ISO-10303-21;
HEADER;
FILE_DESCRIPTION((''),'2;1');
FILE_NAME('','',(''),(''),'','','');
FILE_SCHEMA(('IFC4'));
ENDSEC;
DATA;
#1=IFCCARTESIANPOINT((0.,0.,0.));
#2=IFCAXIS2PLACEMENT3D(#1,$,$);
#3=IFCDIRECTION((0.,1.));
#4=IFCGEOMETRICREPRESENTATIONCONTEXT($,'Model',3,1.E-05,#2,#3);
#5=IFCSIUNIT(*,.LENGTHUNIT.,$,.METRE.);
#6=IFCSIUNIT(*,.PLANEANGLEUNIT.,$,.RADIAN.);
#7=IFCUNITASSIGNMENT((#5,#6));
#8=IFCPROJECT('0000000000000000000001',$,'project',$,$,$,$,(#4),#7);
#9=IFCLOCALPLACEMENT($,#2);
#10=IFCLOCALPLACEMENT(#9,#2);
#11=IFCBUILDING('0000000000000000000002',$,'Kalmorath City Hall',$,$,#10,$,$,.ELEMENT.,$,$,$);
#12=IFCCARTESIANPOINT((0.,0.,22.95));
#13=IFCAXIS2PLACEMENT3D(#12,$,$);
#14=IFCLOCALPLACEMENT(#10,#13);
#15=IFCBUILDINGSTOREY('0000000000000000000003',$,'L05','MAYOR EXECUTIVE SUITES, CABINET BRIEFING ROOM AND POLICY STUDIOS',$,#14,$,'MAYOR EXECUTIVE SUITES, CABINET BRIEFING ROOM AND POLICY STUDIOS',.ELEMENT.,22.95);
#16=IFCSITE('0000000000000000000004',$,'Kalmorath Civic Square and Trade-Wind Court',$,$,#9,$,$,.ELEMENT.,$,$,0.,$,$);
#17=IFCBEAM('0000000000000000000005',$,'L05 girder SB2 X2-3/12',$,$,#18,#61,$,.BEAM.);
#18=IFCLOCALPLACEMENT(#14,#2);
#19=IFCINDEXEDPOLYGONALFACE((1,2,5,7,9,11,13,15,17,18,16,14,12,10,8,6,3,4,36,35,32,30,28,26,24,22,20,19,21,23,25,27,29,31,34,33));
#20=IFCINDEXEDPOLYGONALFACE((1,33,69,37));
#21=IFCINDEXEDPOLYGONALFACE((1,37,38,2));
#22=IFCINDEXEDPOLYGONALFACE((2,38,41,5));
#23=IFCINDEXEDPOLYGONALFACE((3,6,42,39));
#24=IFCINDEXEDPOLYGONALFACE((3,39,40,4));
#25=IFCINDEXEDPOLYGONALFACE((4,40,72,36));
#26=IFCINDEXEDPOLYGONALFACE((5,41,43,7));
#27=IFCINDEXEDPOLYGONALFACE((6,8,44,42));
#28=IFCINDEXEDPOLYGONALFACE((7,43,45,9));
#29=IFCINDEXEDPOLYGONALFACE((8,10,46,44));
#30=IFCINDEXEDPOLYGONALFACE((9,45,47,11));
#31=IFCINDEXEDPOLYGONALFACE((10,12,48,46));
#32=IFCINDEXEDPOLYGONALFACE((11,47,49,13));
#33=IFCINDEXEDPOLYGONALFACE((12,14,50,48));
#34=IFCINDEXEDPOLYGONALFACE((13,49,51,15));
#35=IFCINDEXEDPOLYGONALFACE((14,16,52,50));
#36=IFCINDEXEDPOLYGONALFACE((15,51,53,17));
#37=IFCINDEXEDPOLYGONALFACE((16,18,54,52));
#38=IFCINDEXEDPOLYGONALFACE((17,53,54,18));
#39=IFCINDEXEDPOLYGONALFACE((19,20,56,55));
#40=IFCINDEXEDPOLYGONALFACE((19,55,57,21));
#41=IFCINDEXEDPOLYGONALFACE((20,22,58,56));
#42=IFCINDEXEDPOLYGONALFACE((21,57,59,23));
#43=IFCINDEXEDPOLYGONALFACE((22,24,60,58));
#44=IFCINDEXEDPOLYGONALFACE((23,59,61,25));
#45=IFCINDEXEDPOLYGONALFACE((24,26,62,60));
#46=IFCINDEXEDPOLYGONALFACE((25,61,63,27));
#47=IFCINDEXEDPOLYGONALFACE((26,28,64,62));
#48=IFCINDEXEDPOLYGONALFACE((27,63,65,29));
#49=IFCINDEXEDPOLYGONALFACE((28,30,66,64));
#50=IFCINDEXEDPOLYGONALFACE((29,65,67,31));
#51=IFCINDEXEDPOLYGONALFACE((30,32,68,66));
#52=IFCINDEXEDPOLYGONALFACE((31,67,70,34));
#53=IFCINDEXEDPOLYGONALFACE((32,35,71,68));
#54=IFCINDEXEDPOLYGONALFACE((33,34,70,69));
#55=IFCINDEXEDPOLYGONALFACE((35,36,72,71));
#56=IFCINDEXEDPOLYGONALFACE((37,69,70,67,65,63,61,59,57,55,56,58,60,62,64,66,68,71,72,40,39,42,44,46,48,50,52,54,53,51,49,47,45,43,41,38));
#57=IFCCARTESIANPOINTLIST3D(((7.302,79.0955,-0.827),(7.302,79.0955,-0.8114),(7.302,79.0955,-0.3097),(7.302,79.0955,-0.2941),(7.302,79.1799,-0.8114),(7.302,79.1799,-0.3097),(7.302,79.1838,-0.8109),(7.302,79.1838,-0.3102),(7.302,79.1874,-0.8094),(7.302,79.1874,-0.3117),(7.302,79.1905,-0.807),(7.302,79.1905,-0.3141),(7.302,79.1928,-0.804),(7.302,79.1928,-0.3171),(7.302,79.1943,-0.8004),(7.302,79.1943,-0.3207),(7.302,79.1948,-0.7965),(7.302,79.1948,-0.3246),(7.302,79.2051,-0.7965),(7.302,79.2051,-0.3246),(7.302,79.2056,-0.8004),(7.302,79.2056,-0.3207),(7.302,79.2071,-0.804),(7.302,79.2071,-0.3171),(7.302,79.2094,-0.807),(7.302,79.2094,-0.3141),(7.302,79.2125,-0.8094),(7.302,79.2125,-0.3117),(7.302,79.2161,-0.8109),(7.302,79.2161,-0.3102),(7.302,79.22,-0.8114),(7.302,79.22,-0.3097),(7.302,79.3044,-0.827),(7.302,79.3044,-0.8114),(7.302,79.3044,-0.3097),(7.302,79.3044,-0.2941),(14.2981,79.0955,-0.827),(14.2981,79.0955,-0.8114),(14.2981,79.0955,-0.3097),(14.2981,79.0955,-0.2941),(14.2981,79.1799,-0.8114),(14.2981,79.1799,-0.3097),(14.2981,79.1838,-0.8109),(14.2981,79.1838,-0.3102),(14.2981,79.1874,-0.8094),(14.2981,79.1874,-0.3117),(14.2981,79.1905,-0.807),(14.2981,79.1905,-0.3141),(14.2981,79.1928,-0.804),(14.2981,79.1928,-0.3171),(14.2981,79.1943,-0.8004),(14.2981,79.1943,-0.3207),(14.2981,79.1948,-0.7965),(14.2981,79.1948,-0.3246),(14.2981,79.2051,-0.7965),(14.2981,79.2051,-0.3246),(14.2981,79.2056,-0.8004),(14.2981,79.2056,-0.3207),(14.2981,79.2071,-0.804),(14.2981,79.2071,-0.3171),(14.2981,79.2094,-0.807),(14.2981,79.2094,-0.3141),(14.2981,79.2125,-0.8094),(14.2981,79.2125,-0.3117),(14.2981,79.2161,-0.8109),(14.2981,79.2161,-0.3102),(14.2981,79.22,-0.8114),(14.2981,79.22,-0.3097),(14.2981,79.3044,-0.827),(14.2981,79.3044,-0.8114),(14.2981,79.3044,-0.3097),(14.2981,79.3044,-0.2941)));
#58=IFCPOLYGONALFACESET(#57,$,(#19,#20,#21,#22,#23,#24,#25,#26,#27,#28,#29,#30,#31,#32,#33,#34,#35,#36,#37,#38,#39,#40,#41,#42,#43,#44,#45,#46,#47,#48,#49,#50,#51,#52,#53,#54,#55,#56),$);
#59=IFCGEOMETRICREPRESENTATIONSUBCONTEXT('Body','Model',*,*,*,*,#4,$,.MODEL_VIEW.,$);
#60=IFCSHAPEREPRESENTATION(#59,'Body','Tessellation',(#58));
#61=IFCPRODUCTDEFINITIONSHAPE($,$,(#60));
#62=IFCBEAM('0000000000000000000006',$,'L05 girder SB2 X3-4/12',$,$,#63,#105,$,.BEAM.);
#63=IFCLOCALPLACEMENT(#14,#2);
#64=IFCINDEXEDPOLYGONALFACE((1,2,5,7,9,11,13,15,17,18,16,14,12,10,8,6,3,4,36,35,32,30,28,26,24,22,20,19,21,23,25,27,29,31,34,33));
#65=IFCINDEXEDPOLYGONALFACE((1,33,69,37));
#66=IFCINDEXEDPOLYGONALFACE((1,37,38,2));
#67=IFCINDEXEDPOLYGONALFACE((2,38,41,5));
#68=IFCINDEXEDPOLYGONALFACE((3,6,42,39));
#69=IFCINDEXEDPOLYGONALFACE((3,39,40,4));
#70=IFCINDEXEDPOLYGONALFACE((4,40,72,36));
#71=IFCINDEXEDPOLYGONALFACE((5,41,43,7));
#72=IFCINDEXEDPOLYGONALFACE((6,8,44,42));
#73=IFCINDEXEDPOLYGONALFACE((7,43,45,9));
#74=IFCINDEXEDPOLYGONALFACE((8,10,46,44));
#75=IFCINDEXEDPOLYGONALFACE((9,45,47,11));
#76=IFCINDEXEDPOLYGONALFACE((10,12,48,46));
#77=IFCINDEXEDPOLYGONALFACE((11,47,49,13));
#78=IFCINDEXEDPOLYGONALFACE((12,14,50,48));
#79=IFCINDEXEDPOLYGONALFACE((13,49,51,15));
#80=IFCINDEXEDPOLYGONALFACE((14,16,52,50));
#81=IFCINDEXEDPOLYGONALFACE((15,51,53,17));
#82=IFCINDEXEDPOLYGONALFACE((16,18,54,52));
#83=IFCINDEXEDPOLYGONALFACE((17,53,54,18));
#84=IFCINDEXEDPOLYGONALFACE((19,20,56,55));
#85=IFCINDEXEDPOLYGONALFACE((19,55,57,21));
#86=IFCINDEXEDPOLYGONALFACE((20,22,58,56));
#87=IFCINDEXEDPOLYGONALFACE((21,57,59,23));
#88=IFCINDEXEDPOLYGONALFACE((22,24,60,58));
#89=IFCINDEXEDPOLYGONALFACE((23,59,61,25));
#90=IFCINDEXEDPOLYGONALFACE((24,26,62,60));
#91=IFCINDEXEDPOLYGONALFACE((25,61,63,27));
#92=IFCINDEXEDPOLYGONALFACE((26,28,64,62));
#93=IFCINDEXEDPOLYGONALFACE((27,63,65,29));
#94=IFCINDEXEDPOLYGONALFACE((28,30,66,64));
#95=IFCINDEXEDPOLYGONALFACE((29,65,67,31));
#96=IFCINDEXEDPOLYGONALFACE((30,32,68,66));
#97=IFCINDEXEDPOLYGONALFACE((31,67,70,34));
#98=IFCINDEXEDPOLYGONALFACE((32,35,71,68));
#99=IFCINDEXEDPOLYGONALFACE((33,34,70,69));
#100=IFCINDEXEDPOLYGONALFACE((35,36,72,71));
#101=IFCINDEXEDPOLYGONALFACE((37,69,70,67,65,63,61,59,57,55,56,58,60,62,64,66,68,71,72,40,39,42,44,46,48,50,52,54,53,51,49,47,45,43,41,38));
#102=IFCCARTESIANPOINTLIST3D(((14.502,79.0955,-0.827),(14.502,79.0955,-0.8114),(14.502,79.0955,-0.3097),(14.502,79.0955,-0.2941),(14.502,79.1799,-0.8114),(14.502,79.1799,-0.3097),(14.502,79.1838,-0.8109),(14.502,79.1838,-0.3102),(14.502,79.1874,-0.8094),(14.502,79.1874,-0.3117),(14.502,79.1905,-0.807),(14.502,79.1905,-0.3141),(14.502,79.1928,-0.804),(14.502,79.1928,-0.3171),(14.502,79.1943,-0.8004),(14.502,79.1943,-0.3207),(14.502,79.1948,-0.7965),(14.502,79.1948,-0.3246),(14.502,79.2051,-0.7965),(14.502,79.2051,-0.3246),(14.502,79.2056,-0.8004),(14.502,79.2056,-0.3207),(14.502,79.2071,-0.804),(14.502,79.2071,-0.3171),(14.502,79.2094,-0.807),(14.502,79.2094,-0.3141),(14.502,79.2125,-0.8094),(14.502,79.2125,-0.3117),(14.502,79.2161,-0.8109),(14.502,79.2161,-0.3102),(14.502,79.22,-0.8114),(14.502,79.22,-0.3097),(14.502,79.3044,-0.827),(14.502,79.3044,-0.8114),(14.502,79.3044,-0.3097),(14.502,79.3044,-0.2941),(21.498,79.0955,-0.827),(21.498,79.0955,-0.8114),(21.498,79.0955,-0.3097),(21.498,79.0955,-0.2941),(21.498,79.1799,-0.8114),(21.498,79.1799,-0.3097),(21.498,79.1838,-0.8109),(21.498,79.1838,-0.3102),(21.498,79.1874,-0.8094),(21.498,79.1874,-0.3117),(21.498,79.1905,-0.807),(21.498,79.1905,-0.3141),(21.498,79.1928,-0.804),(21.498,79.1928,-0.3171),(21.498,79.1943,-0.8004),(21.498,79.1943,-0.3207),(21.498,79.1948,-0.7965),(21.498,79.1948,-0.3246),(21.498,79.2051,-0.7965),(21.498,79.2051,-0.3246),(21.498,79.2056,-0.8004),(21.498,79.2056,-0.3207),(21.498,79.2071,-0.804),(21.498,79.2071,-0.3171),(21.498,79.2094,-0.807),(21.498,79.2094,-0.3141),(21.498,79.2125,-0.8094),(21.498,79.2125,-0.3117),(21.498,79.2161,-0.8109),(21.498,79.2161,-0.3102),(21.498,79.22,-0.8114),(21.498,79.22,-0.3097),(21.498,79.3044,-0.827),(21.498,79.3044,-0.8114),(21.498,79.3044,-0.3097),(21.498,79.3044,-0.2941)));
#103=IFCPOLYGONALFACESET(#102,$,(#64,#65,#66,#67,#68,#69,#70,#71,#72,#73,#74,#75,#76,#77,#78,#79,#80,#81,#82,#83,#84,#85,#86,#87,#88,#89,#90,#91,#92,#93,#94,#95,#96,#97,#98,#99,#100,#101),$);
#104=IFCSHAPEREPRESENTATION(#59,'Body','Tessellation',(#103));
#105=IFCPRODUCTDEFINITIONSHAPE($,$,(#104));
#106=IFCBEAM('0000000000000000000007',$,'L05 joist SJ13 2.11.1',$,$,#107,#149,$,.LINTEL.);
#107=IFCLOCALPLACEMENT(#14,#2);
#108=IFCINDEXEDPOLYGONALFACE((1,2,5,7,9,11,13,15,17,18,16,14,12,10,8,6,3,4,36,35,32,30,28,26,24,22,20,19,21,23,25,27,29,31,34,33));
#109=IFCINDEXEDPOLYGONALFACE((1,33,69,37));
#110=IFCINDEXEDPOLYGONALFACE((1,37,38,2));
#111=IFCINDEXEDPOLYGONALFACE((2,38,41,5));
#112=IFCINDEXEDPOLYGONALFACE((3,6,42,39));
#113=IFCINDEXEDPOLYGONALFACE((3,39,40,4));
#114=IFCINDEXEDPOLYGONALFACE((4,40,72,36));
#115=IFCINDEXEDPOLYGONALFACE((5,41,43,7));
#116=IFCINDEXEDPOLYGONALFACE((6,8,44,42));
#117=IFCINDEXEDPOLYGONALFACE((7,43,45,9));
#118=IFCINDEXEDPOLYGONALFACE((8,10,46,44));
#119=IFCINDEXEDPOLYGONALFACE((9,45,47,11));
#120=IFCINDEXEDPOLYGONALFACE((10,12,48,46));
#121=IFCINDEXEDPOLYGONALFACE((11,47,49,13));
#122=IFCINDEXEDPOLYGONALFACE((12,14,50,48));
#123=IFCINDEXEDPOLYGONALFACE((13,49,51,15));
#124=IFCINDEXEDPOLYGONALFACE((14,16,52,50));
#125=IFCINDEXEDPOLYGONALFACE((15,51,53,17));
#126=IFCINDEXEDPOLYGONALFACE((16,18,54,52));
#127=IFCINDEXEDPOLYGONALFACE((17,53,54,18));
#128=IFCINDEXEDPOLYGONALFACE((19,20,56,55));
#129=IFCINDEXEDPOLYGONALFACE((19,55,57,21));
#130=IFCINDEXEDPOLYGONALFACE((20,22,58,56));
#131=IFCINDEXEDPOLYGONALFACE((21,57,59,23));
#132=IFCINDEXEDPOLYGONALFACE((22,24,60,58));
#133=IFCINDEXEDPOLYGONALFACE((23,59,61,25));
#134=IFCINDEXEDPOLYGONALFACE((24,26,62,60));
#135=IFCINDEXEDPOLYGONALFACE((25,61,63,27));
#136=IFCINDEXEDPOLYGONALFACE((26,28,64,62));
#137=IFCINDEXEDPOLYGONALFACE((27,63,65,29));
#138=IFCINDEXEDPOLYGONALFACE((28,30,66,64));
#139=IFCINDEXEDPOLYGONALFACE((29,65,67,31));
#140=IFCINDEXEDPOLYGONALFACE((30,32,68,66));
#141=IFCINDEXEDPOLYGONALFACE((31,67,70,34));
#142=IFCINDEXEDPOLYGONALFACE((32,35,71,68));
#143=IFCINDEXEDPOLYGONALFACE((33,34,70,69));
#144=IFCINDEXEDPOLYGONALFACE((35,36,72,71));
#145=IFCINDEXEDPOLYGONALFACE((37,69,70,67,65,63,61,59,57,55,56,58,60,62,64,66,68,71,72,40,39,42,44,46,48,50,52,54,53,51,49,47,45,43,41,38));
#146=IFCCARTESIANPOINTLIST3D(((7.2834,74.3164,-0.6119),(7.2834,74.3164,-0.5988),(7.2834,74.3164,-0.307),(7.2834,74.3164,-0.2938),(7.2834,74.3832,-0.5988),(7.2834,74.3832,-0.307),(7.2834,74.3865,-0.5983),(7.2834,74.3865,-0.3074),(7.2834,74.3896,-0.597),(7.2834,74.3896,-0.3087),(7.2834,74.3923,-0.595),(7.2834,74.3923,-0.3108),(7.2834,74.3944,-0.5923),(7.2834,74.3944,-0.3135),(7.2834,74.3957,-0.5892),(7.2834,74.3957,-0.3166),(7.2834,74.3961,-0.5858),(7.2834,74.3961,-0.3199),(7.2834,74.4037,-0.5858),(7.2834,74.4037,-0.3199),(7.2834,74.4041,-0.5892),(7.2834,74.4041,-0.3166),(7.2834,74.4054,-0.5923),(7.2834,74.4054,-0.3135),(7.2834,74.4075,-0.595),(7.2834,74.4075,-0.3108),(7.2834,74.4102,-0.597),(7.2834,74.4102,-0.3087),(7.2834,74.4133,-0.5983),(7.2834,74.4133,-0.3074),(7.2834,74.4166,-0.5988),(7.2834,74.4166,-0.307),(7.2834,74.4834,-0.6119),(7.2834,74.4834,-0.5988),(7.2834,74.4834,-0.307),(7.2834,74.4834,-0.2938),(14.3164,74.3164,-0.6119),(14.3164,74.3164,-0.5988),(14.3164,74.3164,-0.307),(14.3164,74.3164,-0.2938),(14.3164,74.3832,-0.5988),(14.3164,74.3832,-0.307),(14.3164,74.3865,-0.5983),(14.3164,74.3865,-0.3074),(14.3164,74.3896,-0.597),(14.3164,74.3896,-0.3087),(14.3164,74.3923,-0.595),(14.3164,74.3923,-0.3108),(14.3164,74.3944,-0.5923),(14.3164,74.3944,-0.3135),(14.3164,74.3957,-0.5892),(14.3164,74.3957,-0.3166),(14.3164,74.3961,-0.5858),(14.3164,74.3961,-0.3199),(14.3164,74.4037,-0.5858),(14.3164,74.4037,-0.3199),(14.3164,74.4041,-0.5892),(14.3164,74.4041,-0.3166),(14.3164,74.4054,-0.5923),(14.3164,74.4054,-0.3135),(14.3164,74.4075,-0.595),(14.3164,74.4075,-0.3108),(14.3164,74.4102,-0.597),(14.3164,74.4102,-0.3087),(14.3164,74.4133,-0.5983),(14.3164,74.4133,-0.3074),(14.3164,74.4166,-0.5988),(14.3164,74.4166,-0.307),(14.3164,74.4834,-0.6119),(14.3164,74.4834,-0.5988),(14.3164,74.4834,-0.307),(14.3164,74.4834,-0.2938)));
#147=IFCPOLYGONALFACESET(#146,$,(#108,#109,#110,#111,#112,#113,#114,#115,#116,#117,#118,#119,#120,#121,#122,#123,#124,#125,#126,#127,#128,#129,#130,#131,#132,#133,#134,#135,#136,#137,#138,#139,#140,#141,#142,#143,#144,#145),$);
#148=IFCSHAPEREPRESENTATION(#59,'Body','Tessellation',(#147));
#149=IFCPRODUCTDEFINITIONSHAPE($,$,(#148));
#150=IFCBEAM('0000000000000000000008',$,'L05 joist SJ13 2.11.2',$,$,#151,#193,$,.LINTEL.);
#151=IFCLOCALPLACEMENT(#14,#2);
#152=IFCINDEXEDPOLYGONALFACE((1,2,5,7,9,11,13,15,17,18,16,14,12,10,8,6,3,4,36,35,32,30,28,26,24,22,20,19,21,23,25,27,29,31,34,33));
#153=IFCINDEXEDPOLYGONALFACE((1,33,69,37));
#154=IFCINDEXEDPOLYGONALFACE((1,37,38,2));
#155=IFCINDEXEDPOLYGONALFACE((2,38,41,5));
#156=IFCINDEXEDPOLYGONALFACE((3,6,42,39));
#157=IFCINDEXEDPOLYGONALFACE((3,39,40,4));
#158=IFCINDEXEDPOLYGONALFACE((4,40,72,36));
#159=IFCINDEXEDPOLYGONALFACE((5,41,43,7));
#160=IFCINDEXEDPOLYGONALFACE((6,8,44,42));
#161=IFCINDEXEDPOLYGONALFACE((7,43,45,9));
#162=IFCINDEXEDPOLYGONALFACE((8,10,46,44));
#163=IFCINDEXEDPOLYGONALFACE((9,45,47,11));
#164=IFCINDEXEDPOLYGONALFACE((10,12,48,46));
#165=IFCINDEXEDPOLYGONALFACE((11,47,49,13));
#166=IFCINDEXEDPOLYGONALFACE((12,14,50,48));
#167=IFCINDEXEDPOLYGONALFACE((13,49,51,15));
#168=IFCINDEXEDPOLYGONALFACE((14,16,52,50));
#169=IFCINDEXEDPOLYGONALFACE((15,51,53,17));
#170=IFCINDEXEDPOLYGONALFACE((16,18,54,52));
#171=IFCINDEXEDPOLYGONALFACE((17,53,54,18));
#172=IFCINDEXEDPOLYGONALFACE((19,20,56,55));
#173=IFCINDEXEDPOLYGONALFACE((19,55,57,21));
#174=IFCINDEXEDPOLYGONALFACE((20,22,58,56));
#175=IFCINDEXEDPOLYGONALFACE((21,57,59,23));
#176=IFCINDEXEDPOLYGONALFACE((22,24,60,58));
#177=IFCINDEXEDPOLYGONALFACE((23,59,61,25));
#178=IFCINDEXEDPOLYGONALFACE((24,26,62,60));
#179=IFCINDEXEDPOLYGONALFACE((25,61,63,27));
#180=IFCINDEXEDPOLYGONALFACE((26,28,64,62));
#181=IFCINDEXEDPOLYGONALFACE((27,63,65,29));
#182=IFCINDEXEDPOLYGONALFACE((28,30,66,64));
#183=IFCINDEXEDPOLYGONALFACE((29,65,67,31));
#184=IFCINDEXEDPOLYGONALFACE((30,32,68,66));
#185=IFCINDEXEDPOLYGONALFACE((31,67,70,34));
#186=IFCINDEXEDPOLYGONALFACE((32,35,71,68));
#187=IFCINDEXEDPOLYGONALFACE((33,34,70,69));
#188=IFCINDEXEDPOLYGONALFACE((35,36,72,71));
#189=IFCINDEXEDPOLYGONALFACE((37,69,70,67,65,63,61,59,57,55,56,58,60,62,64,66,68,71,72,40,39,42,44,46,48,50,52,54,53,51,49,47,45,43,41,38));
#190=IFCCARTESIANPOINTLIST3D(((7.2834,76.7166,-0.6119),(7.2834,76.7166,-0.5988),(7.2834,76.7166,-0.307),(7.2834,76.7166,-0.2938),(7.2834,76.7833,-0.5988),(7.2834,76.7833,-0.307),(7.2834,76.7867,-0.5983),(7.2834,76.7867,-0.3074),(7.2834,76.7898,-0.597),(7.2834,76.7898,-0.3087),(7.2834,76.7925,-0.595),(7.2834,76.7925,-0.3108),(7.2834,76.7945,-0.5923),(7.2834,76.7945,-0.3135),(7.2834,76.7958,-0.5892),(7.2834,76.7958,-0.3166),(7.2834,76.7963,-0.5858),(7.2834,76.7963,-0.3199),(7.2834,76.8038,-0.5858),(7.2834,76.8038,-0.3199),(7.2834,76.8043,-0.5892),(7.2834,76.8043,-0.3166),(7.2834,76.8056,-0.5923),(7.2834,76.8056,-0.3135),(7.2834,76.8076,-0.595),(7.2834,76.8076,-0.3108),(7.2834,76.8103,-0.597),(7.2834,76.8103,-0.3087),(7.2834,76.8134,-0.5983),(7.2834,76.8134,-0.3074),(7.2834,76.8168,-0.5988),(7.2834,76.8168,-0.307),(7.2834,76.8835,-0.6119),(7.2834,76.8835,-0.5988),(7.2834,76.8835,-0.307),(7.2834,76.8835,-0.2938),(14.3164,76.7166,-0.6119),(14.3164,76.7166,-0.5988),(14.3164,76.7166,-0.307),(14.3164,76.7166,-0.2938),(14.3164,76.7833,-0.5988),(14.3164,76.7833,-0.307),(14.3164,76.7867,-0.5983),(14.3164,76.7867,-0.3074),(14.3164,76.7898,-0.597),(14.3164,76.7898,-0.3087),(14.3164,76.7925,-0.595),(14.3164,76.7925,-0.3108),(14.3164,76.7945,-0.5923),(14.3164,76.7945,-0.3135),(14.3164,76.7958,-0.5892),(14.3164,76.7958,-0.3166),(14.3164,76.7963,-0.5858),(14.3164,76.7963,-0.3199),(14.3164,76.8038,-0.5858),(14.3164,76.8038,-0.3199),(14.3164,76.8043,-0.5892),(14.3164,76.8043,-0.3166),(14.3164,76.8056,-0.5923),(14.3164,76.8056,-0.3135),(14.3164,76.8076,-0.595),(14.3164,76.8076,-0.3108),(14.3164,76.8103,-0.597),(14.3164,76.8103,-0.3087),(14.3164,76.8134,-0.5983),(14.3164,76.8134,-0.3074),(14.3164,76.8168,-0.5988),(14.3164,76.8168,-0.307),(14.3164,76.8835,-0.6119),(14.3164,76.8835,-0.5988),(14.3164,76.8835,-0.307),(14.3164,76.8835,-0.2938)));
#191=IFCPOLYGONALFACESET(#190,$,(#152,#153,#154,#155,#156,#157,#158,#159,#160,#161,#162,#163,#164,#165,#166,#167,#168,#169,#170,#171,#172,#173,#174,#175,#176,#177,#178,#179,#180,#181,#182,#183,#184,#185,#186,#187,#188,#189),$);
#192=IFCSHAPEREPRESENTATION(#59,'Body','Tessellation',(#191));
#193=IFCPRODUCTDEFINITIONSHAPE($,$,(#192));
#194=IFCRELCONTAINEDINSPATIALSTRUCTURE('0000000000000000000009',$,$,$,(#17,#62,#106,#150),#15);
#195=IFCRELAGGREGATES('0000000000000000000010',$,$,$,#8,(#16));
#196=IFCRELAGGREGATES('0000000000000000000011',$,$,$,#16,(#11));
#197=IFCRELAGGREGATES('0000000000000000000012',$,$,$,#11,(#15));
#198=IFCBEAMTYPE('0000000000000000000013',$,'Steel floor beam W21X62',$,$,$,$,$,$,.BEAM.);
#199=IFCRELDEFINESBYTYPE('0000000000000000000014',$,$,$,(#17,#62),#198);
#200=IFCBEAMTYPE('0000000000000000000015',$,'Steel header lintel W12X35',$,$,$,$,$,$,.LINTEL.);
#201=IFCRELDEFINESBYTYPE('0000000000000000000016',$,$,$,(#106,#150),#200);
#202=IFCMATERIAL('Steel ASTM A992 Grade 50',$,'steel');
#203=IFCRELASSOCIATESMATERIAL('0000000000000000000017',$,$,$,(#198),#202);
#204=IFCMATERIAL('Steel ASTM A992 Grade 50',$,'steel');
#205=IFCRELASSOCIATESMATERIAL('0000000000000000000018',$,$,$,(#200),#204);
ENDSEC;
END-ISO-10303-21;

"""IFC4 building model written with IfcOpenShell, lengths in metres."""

from ifc_helpers import new_model, si_unit, direction, frame, origin, origin_2d, place, context, subcontext, project, spatial, i_section, extrude, material, material_profile, profile_set, type_object, element, save


model = new_model("IFC4")

# Units and contexts
model_context = context("Model", 3, precision=1e-05, world=origin(), true_north=direction((0.0, 1.0)))
body_context = subcontext(model_context, "Body", "Model", "MODEL_VIEW")
ifc_project = project(units=[si_unit("LENGTHUNIT", "METRE"), si_unit("PLANEANGLEUNIT", "RADIAN")], contexts=[model_context])

# Site, building, storey
site_placement = place(None, origin())
site = spatial("IfcSite", under=ifc_project, at=site_placement, Name="Kalmorath Civic Square and Trade-Wind Court", CompositionType="ELEMENT", RefElevation=0.0)
building_placement = place(site_placement, origin())
building = spatial("IfcBuilding", under=site, at=building_placement, Name="Kalmorath City Hall", CompositionType="ELEMENT")
storey_placement = place(building_placement, frame((0.0, 0.0, 22.95)))
storey = spatial("IfcBuildingStorey", under=building, at=storey_placement, Name="L05", Description="MAYOR EXECUTIVE SUITES, CABINET BRIEFING ROOM AND POLICY STUDIOS", LongName="MAYOR EXECUTIVE SUITES, CABINET BRIEFING ROOM AND POLICY STUDIOS", CompositionType="ELEMENT", Elevation=22.95)

# Beams
ifc_material_1 = material(Name="Steel ASTM A992 Grade 50", Category="steel")
ifc_material_profile_1 = material_profile(ifc_material_1, i_section(OverallWidth=0.209, OverallDepth=0.533, WebThickness=0.0103, FlangeThickness=0.0156, FilletRadius=0.0149, at=origin_2d()), Name="W21X62")
ifc_profile_set_1 = profile_set([ifc_material_profile_1], Name="Steel ASTM A992 Grade 50")
beam_type_1 = type_object("IfcBeamType", Name="Steel floor beam W21X62", PredefinedType="BEAM", material=ifc_profile_set_1)
for number, where, z_axis, x_axis, name in (
    (1, (7.302, 79.2, -0.5605), (1.0, 0.0, 0.0), (0.0, 1.0, 0.0), "L05 girder SB2 X2-3/12"),
    (2, (14.502, 79.2, -0.5605), (1.0, 0.0, 0.0), (0.0, 1.0, 0.0), "L05 girder SB2 X3-4/12"),
):
    element("IfcBeam", number, at=place(storey_placement, frame(where, z_axis=z_axis, x_axis=x_axis)), inside=storey, type_object=beam_type_1, Name=name, PredefinedType="BEAM", context=body_context, shape_type="SweptSolid", body=[
        extrude(i_section(OverallWidth=0.209, OverallDepth=0.533, WebThickness=0.0103, FlangeThickness=0.0156, FilletRadius=0.0149, at=origin_2d()), origin(), (0.0, 0.0, 1.0), 6.9961),
    ])
ifc_material_2 = material(Name="Steel ASTM A992 Grade 50", Category="steel")
ifc_material_profile_2 = material_profile(ifc_material_2, i_section(OverallWidth=0.167, OverallDepth=0.3181, WebThickness=0.0076, FlangeThickness=0.0132, FilletRadius=0.0129, at=origin_2d()), Name="W12X35")
ifc_profile_set_2 = profile_set([ifc_material_profile_2], Name="Steel ASTM A992 Grade 50")
beam_type_2 = type_object("IfcBeamType", Name="Steel header lintel W12X35", PredefinedType="LINTEL", material=ifc_profile_set_2)
for number, where, z_axis, x_axis, name in (
    (3, (7.2834, 74.3999, -0.4529), (1.0, 0.0, 0.0), (0.0, 1.0, 0.0), "L05 joist SJ13 2.11.1"),
    (4, (7.2834, 76.8, -0.4529), (1.0, 0.0, 0.0), (0.0, 1.0, 0.0), "L05 joist SJ13 2.11.2"),
):
    element("IfcBeam", number, at=place(storey_placement, frame(where, z_axis=z_axis, x_axis=x_axis)), inside=storey, type_object=beam_type_2, Name=name, PredefinedType="LINTEL", context=body_context, shape_type="SweptSolid", body=[
        extrude(i_section(OverallWidth=0.167, OverallDepth=0.3181, WebThickness=0.0076, FlangeThickness=0.0132, FilletRadius=0.0129, at=origin_2d()), origin(), (0.0, 0.0, 1.0), 7.033),
    ])

save(model, "model.ifc")
